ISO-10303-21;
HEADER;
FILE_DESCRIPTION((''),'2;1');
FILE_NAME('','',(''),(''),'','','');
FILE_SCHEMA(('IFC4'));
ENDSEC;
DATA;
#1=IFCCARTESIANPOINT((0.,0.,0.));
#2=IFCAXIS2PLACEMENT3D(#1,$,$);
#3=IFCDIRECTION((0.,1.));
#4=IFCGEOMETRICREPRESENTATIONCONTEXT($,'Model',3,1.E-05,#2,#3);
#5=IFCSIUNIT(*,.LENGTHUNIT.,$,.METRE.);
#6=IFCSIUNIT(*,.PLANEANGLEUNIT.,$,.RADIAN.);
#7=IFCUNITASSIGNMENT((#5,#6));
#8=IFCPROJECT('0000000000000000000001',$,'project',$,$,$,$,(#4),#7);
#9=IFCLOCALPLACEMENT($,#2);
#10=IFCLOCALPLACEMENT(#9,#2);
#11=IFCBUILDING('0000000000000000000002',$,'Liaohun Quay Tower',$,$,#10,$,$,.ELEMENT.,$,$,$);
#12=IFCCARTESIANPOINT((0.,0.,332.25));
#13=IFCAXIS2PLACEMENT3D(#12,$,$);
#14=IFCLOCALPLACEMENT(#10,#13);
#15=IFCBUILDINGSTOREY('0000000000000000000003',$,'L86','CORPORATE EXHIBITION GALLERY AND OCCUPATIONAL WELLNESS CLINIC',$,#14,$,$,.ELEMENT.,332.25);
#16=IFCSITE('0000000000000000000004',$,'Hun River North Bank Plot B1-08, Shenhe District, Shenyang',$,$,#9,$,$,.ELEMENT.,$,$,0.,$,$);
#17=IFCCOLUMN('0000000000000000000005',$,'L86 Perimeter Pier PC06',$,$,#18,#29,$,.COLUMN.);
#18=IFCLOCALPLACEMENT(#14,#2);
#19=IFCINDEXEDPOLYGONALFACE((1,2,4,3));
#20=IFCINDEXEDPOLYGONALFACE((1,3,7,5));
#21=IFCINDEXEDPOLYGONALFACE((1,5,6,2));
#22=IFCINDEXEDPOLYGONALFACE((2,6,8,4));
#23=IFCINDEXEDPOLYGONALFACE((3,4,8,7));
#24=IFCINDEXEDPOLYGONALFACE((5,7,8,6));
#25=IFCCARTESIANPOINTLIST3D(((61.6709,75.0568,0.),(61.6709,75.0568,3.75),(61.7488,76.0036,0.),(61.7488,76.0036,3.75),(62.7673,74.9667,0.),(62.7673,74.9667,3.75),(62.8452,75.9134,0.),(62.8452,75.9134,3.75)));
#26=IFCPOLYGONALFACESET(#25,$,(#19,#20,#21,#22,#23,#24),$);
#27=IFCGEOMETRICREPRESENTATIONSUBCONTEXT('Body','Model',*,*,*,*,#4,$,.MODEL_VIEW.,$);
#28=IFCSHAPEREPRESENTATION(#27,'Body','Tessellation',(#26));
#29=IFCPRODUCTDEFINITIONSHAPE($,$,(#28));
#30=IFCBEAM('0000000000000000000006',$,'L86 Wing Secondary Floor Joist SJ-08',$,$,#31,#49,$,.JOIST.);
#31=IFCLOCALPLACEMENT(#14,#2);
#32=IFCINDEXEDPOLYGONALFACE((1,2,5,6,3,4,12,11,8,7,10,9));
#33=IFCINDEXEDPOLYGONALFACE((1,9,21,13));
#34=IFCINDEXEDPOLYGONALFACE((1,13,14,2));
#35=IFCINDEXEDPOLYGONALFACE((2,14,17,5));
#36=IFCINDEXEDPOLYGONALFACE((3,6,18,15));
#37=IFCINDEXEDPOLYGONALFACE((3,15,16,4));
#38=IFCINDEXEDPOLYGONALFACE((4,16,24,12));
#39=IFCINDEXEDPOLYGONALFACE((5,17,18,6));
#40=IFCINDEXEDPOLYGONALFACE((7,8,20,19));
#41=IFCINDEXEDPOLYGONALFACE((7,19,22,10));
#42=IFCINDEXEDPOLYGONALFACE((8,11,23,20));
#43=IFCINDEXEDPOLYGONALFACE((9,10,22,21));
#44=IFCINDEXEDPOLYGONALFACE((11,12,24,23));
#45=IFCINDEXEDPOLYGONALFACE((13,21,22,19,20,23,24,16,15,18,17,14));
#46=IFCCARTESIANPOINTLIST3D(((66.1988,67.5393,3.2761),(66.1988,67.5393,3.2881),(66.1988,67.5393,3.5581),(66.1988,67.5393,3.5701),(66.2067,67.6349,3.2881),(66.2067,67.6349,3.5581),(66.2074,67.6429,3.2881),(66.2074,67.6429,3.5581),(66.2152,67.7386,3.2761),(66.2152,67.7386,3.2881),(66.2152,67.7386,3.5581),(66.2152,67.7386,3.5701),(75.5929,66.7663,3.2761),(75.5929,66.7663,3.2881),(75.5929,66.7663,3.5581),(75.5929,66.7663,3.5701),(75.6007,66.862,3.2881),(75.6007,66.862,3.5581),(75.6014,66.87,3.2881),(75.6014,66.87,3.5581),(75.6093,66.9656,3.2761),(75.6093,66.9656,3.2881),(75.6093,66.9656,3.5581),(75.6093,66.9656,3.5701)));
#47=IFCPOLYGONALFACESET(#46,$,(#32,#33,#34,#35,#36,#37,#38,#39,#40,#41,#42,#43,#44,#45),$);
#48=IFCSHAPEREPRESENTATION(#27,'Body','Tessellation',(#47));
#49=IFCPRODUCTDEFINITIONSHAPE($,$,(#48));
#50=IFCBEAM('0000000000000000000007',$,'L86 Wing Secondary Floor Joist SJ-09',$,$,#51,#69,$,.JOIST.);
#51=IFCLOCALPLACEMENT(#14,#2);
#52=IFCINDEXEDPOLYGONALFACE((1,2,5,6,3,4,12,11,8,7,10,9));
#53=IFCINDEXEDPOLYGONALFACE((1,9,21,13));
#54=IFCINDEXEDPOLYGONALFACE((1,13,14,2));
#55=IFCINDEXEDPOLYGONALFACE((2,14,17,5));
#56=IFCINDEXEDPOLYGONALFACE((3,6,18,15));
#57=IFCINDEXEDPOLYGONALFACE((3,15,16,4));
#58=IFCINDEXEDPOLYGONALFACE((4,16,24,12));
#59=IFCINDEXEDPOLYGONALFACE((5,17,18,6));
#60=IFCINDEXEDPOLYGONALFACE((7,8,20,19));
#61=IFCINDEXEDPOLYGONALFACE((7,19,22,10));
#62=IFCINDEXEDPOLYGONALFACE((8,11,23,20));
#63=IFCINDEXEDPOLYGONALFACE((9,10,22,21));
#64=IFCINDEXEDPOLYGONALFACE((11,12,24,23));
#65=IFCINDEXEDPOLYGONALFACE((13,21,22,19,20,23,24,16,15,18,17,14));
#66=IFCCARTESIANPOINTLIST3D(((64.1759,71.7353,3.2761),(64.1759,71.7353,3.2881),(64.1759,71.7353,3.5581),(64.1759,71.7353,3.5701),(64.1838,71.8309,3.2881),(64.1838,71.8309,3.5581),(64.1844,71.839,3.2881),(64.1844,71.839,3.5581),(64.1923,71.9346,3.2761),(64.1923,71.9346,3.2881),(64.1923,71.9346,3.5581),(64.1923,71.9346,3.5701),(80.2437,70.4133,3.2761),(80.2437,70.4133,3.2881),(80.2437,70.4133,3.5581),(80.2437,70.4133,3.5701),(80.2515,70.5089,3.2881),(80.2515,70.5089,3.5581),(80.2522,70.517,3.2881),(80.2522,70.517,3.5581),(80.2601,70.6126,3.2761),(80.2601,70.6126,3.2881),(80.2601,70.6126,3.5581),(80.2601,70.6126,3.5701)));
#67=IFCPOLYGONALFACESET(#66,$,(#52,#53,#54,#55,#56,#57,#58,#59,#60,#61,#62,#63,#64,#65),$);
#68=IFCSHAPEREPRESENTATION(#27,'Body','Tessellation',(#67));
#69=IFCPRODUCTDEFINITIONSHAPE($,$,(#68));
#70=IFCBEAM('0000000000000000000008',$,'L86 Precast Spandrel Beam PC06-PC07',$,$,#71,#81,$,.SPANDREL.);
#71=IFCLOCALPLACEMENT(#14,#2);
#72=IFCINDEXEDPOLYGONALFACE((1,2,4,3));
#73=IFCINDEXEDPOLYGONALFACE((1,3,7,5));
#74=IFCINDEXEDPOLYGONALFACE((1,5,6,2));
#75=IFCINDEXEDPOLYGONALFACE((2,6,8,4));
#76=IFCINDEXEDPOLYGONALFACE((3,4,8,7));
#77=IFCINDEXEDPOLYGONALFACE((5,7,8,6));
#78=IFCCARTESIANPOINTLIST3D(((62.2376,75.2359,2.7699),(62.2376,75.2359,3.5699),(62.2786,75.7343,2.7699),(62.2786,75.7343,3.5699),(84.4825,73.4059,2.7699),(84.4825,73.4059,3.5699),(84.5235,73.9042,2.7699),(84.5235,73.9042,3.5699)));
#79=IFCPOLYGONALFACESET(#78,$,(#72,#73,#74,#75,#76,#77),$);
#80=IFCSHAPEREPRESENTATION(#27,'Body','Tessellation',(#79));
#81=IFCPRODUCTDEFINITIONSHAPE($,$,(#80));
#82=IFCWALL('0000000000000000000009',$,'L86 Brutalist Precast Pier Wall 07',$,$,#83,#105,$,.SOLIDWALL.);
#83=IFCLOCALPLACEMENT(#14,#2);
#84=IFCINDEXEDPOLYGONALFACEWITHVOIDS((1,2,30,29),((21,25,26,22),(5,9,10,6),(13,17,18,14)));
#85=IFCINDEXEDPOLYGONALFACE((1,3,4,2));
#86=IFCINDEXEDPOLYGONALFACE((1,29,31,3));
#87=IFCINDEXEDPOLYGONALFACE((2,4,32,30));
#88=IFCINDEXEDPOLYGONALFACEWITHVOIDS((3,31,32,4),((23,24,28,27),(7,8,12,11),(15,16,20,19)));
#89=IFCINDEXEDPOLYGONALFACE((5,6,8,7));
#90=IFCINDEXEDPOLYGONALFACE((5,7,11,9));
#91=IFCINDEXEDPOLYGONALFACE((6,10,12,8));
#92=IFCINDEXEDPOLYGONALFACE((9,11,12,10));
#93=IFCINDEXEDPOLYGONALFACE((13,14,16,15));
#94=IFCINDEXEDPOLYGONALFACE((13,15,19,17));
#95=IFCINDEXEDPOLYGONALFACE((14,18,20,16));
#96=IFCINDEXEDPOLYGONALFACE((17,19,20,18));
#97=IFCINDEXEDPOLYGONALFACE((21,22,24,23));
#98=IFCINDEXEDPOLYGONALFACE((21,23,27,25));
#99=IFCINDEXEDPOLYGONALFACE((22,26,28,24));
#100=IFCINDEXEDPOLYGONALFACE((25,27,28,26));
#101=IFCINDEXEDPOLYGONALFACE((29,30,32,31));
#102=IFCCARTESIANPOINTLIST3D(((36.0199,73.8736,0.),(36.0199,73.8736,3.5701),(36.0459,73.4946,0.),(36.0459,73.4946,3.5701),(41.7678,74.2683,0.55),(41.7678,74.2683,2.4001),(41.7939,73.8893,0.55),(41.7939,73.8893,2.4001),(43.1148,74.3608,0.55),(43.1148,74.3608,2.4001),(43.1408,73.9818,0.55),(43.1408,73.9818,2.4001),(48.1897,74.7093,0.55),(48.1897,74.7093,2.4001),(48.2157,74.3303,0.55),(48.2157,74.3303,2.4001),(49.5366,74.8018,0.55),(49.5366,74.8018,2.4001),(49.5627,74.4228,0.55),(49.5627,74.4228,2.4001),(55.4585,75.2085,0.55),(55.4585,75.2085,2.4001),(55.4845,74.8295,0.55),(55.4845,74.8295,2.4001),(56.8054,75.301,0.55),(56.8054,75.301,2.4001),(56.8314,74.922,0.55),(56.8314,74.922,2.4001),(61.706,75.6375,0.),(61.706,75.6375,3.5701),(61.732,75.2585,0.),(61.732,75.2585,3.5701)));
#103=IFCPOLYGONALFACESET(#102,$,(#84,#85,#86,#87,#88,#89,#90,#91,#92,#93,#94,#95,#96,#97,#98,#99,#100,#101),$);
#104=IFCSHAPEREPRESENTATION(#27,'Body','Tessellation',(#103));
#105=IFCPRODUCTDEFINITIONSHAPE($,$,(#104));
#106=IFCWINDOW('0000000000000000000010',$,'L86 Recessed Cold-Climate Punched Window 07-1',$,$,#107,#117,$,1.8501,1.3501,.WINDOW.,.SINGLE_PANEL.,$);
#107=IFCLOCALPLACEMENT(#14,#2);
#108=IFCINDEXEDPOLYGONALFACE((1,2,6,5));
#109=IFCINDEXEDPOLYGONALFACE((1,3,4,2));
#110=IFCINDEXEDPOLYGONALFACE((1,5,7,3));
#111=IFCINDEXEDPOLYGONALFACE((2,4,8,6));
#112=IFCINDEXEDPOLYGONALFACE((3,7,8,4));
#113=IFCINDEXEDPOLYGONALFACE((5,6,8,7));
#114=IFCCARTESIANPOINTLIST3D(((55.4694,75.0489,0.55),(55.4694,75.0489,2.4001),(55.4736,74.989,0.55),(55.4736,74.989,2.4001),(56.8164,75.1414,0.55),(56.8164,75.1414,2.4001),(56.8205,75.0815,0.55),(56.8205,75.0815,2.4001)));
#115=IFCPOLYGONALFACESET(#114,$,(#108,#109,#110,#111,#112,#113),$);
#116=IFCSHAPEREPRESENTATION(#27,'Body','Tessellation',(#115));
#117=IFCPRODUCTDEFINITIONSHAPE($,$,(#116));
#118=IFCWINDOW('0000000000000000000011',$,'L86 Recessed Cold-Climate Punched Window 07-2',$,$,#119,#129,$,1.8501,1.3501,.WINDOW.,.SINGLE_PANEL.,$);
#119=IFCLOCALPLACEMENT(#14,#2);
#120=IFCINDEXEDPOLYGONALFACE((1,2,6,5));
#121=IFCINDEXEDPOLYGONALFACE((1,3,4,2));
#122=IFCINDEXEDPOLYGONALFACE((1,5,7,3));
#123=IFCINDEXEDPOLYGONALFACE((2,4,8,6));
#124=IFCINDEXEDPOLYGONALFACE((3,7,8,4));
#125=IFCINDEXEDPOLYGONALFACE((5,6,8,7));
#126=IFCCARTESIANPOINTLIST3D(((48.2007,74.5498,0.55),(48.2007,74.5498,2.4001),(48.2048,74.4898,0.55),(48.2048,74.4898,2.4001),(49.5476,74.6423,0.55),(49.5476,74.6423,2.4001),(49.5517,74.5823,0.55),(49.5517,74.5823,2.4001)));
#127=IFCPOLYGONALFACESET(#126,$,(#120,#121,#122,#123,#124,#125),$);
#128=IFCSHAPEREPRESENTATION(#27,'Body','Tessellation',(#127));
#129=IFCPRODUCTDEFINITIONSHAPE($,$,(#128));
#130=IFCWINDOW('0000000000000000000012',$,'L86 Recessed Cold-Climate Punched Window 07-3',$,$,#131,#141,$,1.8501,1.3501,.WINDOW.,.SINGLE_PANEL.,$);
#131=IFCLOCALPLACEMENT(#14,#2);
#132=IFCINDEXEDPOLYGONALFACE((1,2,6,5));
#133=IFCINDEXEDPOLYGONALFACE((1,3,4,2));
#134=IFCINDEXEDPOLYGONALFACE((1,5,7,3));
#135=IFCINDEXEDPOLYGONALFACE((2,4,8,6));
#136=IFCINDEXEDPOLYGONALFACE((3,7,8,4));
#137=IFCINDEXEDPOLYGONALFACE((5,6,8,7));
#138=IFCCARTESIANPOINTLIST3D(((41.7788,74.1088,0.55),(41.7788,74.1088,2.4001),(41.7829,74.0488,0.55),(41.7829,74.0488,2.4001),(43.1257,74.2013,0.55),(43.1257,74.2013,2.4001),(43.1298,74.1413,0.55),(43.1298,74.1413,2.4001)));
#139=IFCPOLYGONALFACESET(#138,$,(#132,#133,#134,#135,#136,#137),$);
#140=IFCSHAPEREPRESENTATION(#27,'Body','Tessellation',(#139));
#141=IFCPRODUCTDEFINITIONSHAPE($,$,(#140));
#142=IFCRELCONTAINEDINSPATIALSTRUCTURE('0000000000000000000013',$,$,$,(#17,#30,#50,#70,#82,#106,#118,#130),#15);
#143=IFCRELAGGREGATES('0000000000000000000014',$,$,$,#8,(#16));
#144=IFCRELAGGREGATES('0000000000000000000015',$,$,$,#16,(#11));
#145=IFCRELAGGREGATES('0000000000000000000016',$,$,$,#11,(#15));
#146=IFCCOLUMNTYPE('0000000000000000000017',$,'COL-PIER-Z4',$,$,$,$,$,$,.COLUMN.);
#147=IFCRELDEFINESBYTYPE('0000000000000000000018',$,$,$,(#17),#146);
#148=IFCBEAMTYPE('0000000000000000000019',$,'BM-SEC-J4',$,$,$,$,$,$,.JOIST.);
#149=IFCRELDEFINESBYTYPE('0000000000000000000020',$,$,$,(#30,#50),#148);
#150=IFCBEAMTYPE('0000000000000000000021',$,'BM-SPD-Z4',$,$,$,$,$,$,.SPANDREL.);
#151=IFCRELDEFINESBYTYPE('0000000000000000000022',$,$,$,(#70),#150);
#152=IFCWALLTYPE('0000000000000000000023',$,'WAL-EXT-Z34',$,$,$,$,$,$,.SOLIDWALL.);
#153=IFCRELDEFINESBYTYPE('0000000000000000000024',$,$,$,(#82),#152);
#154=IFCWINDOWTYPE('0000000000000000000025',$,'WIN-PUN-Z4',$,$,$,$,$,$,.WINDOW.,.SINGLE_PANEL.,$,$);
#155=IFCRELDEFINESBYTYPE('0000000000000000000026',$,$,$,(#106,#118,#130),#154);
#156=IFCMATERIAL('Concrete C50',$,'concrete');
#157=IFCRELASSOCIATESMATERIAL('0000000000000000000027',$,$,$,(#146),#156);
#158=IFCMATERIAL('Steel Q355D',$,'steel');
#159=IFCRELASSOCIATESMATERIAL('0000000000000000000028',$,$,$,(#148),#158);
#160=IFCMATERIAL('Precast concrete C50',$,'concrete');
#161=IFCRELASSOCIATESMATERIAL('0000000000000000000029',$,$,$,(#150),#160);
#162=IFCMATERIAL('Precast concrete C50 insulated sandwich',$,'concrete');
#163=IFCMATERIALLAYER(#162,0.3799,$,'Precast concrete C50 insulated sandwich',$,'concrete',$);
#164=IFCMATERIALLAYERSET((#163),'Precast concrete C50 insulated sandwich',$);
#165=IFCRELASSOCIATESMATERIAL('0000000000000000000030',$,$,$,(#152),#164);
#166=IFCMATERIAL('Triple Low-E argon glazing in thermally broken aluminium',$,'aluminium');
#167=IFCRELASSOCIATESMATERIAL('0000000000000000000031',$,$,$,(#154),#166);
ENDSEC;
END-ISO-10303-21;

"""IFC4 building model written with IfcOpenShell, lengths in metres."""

from ifc_helpers import new_model, si_unit, direction, frame, frame_2d, origin, origin_2d, place, context, subcontext, project, spatial, rectangle, i_section, extrude, source, transform, mapped, material, layer, layer_set, material_profile, profile_set, type_object, element, fill, save


model = new_model("IFC4")

# Units and contexts
model_context = context("Model", 3, precision=1e-05, world=origin(), true_north=direction((0.0, 1.0)))
body_context = subcontext(model_context, "Body", "Model", "MODEL_VIEW")
ifc_project = project(units=[si_unit("LENGTHUNIT", "METRE"), si_unit("PLANEANGLEUNIT", "RADIAN")], contexts=[model_context])

# Site, building, storey
site_placement = place(None, origin())
site = spatial("IfcSite", under=ifc_project, at=site_placement, Name="Hun River North Bank Plot B1-08, Shenhe District, Shenyang", CompositionType="ELEMENT", RefElevation=0.0)
building_placement = place(site_placement, origin())
building = spatial("IfcBuilding", under=site, at=building_placement, Name="Liaohun Quay Tower", CompositionType="ELEMENT")
storey_placement = place(building_placement, frame((0.0, 0.0, 332.25)))
storey = spatial("IfcBuildingStorey", under=building, at=storey_placement, Name="L86", Description="CORPORATE EXHIBITION GALLERY AND OCCUPATIONAL WELLNESS CLINIC", CompositionType="ELEMENT", Elevation=332.25)

# Column
ifc_material_1 = material(Name="Concrete C50", Category="concrete")
ifc_material_profile_1 = material_profile(ifc_material_1, rectangle(XDim=1.1001, YDim=0.95, at=origin_2d()), Name="RC1100x950")
ifc_profile_set_1 = profile_set([ifc_material_profile_1], Name="Concrete C50")
column_type = type_object("IfcColumnType", Name="COL-PIER-Z4", PredefinedType="COLUMN", material=ifc_profile_set_1)
shared_shape_1 = source(origin(), body_context, "Body", "SweptSolid", [
    extrude(rectangle(XDim=1.1001, YDim=0.95, at=origin_2d()), origin(), (0.0, 0.0, 1.0), 3.75),
])
column_placement = place(storey_placement, frame((62.2581, 75.4851, 0.0), z_axis=(0.0, 0.0, 1.0), x_axis=(-0.996637, 0.081939, 0.0)))
element("IfcColumn", 1, at=column_placement, inside=storey, type_object=column_type, Name="L86 Perimeter Pier PC06", PredefinedType="COLUMN", context=body_context, shape_type="MappedRepresentation", body=[
    mapped(shared_shape_1, transform((0.0, 0.0, 0.0), x_axis=(1.0, 0.0, 0.0), y_axis=(0.0, 1.0, 0.0), z_axis=(0.0, 0.0, 1.0), scale=1.0)),
])

# Beams
ifc_material_2 = material(Name="Steel Q355D", Category="steel")
ifc_material_profile_2 = material_profile(ifc_material_2, i_section(OverallWidth=0.2, OverallDepth=0.2939, WebThickness=0.0081, FlangeThickness=0.012, at=origin_2d()), Name="HM294x200x8x12")
ifc_profile_set_2 = profile_set([ifc_material_profile_2], Name="Steel Q355D")
beam_type_1 = type_object("IfcBeamType", Name="BM-SEC-J4", PredefinedType="JOIST", material=ifc_profile_set_2)
shared_shape_2 = source(origin(), body_context, "Body", "SweptSolid", [
    extrude(i_section(OverallWidth=0.2, OverallDepth=0.2939, WebThickness=0.0081, FlangeThickness=0.012, at=origin_2d()), origin(), (0.0, 0.0, 1.0), 9.4258),
])
beam_1_placement = place(storey_placement, frame((66.207, 67.6389, 3.4231), z_axis=(0.996632, -0.082004, 0.0), x_axis=(0.082004, 0.996632, 0.0)))
element("IfcBeam", 2, at=beam_1_placement, inside=storey, type_object=beam_type_1, Name="L86 Wing Secondary Floor Joist SJ-08", PredefinedType="JOIST", context=body_context, shape_type="MappedRepresentation", body=[
    mapped(shared_shape_2, transform((0.0, 0.0, 0.0), x_axis=(1.0, 0.0, 0.0), y_axis=(0.0, 1.0, 0.0), z_axis=(0.0, 0.0, 1.0), scale=1.0)),
])
shared_shape_3 = source(origin(), body_context, "Body", "SweptSolid", [
    extrude(i_section(OverallWidth=0.2, OverallDepth=0.2939, WebThickness=0.0081, FlangeThickness=0.012, at=origin_2d()), origin(), (0.0, 0.0, 1.0), 16.1221),
])
beam_2_placement = place(storey_placement, frame((64.1841, 71.835, 3.4231), z_axis=(0.996632, -0.082, 0.0), x_axis=(0.082, 0.996632, 0.0)))
element("IfcBeam", 3, at=beam_2_placement, inside=storey, type_object=beam_type_1, Name="L86 Wing Secondary Floor Joist SJ-09", PredefinedType="JOIST", context=body_context, shape_type="MappedRepresentation", body=[
    mapped(shared_shape_3, transform((0.0, 0.0, 0.0), x_axis=(1.0, 0.0, 0.0), y_axis=(0.0, 1.0, 0.0), z_axis=(0.0, 0.0, 1.0), scale=1.0)),
])
ifc_material_3 = material(Name="Precast concrete C50", Category="concrete")
ifc_material_profile_3 = material_profile(ifc_material_3, rectangle(XDim=0.5, YDim=0.8, at=origin_2d()), Name="RC500x800")
ifc_profile_set_3 = profile_set([ifc_material_profile_3], Name="Precast concrete C50")
beam_type_2 = type_object("IfcBeamType", Name="BM-SPD-Z4", PredefinedType="SPANDREL", material=ifc_profile_set_3)
shared_shape_4 = source(origin(), body_context, "Body", "SweptSolid", [
    extrude(rectangle(XDim=0.5, YDim=0.8, at=origin_2d()), origin(), (0.0, 0.0, 1.0), 22.3201),
])
beam_3_placement = place(storey_placement, frame((62.2581, 75.4851, 3.1699), z_axis=(0.996633, -0.081993, 0.0), x_axis=(0.081993, 0.996633, 0.0)))
element("IfcBeam", 4, at=beam_3_placement, inside=storey, type_object=beam_type_2, Name="L86 Precast Spandrel Beam PC06-PC07", PredefinedType="SPANDREL", context=body_context, shape_type="MappedRepresentation", body=[
    mapped(shared_shape_4, transform((0.0, 0.0, 0.0), x_axis=(1.0, 0.0, 0.0), y_axis=(0.0, 1.0, 0.0), z_axis=(0.0, 0.0, 1.0), scale=1.0)),
])

# Wall, openings, windows
ifc_material_4 = material(Name="Precast concrete C50 insulated sandwich", Category="concrete")
ifc_layer_1 = layer(ifc_material_4, 0.3799, Name="Precast concrete C50 insulated sandwich", Category="concrete")
ifc_layer_set_1 = layer_set([ifc_layer_1], Name="Precast concrete C50 insulated sandwich")
wall_type_1 = type_object("IfcWallType", Name="WAL-EXT-Z34", PredefinedType="SOLIDWALL", material=ifc_layer_set_1)
wall_1_placement = place(storey_placement, frame((61.719, 75.448, 0.0), z_axis=(0.0, 0.0, 1.0), x_axis=(-0.99765, -0.068511, 0.0)))
wall_1 = element("IfcWall", 5, at=wall_1_placement, inside=storey, type_object=wall_type_1, Name="L86 Brutalist Precast Pier Wall 07", PredefinedType="SOLIDWALL", context=body_context, shape_type="SweptSolid", body=[
    extrude(rectangle(XDim=25.7466, YDim=0.3799, at=frame_2d((12.8733, 0.0))), origin(), (0.0, 0.0, 1.0), 3.5701),
])
shared_shape_5 = source(origin(), body_context, "Body", "SweptSolid", [
    extrude(rectangle(XDim=1.3501, YDim=1.8501, at=frame_2d((0.675, 0.925))), frame((0.0, 0.2, 0.0), z_axis=(0.0, -1.0, 0.0), x_axis=(1.0, 0.0, 0.0)), (0.0, 0.0, 1.0), 0.3999),
])
opening_1_placement = place(wall_1_placement, frame((4.9121, 0.0, 0.55)))
opening_1 = element("IfcOpeningElement", 6, at=opening_1_placement, cuts=wall_1, PredefinedType="OPENING", context=body_context, shape_type="MappedRepresentation", body=[
    mapped(shared_shape_5, transform((0.0, 0.0, 0.0), x_axis=(1.0, 0.0, 0.0), y_axis=(0.0, 1.0, 0.0), z_axis=(0.0, 0.0, 1.0), scale=1.0)),
])
opening_2_placement = place(wall_1_placement, frame((12.198, 0.0, 0.55)))
opening_2 = element("IfcOpeningElement", 7, at=opening_2_placement, cuts=wall_1, PredefinedType="OPENING", context=body_context, shape_type="MappedRepresentation", body=[
    mapped(shared_shape_5, transform((0.0, 0.0, 0.0), x_axis=(1.0, 0.0, 0.0), y_axis=(0.0, 1.0, 0.0), z_axis=(0.0, 0.0, 1.0), scale=1.0)),
])
opening_3_placement = place(wall_1_placement, frame((18.635, 0.0, 0.55)))
opening_3 = element("IfcOpeningElement", 8, at=opening_3_placement, cuts=wall_1, PredefinedType="OPENING", context=body_context, shape_type="MappedRepresentation", body=[
    mapped(shared_shape_5, transform((0.0, 0.0, 0.0), x_axis=(1.0, 0.0, 0.0), y_axis=(0.0, 1.0, 0.0), z_axis=(0.0, 0.0, 1.0), scale=1.0)),
])
ifc_material_5 = material(Name="Triple Low-E argon glazing in thermally broken aluminium", Category="aluminium")
window_type = type_object("IfcWindowType", Name="WIN-PUN-Z4", PartitioningType="SINGLE_PANEL", PredefinedType="WINDOW", material=ifc_material_5)
shared_shape_6 = source(origin(), body_context, "Body", "SweptSolid", [
    extrude(rectangle(XDim=1.3501, YDim=1.8501, at=frame_2d((0.675, 0.925))), frame((0.0, 0.03, 0.0), z_axis=(0.0, -1.0, 0.0), x_axis=(1.0, 0.0, 0.0)), (0.0, 0.0, 1.0), 0.0601),
])
window_1_placement = place(opening_1_placement, origin())
window_1 = element("IfcWindow", 9, at=window_1_placement, inside=storey, type_object=window_type, Name="L86 Recessed Cold-Climate Punched Window 07-1", OverallHeight=1.8501, OverallWidth=1.3501, PartitioningType="SINGLE_PANEL", PredefinedType="WINDOW", context=body_context, shape_type="MappedRepresentation", body=[
    mapped(shared_shape_6, transform((0.0, 0.0, 0.0), x_axis=(1.0, 0.0, 0.0), y_axis=(0.0, 1.0, 0.0), z_axis=(0.0, 0.0, 1.0), scale=1.0)),
])
fill(opening_1, window_1)
window_2_placement = place(opening_2_placement, origin())
window_2 = element("IfcWindow", 10, at=window_2_placement, inside=storey, type_object=window_type, Name="L86 Recessed Cold-Climate Punched Window 07-2", OverallHeight=1.8501, OverallWidth=1.3501, PartitioningType="SINGLE_PANEL", PredefinedType="WINDOW", context=body_context, shape_type="MappedRepresentation", body=[
    mapped(shared_shape_6, transform((0.0, 0.0, 0.0), x_axis=(1.0, 0.0, 0.0), y_axis=(0.0, 1.0, 0.0), z_axis=(0.0, 0.0, 1.0), scale=1.0)),
])
fill(opening_2, window_2)
window_3_placement = place(opening_3_placement, origin())
window_3 = element("IfcWindow", 11, at=window_3_placement, inside=storey, type_object=window_type, Name="L86 Recessed Cold-Climate Punched Window 07-3", OverallHeight=1.8501, OverallWidth=1.3501, PartitioningType="SINGLE_PANEL", PredefinedType="WINDOW", context=body_context, shape_type="MappedRepresentation", body=[
    mapped(shared_shape_6, transform((0.0, 0.0, 0.0), x_axis=(1.0, 0.0, 0.0), y_axis=(0.0, 1.0, 0.0), z_axis=(0.0, 0.0, 1.0), scale=1.0)),
])
fill(opening_3, window_3)

save(model, "model.ifc")
